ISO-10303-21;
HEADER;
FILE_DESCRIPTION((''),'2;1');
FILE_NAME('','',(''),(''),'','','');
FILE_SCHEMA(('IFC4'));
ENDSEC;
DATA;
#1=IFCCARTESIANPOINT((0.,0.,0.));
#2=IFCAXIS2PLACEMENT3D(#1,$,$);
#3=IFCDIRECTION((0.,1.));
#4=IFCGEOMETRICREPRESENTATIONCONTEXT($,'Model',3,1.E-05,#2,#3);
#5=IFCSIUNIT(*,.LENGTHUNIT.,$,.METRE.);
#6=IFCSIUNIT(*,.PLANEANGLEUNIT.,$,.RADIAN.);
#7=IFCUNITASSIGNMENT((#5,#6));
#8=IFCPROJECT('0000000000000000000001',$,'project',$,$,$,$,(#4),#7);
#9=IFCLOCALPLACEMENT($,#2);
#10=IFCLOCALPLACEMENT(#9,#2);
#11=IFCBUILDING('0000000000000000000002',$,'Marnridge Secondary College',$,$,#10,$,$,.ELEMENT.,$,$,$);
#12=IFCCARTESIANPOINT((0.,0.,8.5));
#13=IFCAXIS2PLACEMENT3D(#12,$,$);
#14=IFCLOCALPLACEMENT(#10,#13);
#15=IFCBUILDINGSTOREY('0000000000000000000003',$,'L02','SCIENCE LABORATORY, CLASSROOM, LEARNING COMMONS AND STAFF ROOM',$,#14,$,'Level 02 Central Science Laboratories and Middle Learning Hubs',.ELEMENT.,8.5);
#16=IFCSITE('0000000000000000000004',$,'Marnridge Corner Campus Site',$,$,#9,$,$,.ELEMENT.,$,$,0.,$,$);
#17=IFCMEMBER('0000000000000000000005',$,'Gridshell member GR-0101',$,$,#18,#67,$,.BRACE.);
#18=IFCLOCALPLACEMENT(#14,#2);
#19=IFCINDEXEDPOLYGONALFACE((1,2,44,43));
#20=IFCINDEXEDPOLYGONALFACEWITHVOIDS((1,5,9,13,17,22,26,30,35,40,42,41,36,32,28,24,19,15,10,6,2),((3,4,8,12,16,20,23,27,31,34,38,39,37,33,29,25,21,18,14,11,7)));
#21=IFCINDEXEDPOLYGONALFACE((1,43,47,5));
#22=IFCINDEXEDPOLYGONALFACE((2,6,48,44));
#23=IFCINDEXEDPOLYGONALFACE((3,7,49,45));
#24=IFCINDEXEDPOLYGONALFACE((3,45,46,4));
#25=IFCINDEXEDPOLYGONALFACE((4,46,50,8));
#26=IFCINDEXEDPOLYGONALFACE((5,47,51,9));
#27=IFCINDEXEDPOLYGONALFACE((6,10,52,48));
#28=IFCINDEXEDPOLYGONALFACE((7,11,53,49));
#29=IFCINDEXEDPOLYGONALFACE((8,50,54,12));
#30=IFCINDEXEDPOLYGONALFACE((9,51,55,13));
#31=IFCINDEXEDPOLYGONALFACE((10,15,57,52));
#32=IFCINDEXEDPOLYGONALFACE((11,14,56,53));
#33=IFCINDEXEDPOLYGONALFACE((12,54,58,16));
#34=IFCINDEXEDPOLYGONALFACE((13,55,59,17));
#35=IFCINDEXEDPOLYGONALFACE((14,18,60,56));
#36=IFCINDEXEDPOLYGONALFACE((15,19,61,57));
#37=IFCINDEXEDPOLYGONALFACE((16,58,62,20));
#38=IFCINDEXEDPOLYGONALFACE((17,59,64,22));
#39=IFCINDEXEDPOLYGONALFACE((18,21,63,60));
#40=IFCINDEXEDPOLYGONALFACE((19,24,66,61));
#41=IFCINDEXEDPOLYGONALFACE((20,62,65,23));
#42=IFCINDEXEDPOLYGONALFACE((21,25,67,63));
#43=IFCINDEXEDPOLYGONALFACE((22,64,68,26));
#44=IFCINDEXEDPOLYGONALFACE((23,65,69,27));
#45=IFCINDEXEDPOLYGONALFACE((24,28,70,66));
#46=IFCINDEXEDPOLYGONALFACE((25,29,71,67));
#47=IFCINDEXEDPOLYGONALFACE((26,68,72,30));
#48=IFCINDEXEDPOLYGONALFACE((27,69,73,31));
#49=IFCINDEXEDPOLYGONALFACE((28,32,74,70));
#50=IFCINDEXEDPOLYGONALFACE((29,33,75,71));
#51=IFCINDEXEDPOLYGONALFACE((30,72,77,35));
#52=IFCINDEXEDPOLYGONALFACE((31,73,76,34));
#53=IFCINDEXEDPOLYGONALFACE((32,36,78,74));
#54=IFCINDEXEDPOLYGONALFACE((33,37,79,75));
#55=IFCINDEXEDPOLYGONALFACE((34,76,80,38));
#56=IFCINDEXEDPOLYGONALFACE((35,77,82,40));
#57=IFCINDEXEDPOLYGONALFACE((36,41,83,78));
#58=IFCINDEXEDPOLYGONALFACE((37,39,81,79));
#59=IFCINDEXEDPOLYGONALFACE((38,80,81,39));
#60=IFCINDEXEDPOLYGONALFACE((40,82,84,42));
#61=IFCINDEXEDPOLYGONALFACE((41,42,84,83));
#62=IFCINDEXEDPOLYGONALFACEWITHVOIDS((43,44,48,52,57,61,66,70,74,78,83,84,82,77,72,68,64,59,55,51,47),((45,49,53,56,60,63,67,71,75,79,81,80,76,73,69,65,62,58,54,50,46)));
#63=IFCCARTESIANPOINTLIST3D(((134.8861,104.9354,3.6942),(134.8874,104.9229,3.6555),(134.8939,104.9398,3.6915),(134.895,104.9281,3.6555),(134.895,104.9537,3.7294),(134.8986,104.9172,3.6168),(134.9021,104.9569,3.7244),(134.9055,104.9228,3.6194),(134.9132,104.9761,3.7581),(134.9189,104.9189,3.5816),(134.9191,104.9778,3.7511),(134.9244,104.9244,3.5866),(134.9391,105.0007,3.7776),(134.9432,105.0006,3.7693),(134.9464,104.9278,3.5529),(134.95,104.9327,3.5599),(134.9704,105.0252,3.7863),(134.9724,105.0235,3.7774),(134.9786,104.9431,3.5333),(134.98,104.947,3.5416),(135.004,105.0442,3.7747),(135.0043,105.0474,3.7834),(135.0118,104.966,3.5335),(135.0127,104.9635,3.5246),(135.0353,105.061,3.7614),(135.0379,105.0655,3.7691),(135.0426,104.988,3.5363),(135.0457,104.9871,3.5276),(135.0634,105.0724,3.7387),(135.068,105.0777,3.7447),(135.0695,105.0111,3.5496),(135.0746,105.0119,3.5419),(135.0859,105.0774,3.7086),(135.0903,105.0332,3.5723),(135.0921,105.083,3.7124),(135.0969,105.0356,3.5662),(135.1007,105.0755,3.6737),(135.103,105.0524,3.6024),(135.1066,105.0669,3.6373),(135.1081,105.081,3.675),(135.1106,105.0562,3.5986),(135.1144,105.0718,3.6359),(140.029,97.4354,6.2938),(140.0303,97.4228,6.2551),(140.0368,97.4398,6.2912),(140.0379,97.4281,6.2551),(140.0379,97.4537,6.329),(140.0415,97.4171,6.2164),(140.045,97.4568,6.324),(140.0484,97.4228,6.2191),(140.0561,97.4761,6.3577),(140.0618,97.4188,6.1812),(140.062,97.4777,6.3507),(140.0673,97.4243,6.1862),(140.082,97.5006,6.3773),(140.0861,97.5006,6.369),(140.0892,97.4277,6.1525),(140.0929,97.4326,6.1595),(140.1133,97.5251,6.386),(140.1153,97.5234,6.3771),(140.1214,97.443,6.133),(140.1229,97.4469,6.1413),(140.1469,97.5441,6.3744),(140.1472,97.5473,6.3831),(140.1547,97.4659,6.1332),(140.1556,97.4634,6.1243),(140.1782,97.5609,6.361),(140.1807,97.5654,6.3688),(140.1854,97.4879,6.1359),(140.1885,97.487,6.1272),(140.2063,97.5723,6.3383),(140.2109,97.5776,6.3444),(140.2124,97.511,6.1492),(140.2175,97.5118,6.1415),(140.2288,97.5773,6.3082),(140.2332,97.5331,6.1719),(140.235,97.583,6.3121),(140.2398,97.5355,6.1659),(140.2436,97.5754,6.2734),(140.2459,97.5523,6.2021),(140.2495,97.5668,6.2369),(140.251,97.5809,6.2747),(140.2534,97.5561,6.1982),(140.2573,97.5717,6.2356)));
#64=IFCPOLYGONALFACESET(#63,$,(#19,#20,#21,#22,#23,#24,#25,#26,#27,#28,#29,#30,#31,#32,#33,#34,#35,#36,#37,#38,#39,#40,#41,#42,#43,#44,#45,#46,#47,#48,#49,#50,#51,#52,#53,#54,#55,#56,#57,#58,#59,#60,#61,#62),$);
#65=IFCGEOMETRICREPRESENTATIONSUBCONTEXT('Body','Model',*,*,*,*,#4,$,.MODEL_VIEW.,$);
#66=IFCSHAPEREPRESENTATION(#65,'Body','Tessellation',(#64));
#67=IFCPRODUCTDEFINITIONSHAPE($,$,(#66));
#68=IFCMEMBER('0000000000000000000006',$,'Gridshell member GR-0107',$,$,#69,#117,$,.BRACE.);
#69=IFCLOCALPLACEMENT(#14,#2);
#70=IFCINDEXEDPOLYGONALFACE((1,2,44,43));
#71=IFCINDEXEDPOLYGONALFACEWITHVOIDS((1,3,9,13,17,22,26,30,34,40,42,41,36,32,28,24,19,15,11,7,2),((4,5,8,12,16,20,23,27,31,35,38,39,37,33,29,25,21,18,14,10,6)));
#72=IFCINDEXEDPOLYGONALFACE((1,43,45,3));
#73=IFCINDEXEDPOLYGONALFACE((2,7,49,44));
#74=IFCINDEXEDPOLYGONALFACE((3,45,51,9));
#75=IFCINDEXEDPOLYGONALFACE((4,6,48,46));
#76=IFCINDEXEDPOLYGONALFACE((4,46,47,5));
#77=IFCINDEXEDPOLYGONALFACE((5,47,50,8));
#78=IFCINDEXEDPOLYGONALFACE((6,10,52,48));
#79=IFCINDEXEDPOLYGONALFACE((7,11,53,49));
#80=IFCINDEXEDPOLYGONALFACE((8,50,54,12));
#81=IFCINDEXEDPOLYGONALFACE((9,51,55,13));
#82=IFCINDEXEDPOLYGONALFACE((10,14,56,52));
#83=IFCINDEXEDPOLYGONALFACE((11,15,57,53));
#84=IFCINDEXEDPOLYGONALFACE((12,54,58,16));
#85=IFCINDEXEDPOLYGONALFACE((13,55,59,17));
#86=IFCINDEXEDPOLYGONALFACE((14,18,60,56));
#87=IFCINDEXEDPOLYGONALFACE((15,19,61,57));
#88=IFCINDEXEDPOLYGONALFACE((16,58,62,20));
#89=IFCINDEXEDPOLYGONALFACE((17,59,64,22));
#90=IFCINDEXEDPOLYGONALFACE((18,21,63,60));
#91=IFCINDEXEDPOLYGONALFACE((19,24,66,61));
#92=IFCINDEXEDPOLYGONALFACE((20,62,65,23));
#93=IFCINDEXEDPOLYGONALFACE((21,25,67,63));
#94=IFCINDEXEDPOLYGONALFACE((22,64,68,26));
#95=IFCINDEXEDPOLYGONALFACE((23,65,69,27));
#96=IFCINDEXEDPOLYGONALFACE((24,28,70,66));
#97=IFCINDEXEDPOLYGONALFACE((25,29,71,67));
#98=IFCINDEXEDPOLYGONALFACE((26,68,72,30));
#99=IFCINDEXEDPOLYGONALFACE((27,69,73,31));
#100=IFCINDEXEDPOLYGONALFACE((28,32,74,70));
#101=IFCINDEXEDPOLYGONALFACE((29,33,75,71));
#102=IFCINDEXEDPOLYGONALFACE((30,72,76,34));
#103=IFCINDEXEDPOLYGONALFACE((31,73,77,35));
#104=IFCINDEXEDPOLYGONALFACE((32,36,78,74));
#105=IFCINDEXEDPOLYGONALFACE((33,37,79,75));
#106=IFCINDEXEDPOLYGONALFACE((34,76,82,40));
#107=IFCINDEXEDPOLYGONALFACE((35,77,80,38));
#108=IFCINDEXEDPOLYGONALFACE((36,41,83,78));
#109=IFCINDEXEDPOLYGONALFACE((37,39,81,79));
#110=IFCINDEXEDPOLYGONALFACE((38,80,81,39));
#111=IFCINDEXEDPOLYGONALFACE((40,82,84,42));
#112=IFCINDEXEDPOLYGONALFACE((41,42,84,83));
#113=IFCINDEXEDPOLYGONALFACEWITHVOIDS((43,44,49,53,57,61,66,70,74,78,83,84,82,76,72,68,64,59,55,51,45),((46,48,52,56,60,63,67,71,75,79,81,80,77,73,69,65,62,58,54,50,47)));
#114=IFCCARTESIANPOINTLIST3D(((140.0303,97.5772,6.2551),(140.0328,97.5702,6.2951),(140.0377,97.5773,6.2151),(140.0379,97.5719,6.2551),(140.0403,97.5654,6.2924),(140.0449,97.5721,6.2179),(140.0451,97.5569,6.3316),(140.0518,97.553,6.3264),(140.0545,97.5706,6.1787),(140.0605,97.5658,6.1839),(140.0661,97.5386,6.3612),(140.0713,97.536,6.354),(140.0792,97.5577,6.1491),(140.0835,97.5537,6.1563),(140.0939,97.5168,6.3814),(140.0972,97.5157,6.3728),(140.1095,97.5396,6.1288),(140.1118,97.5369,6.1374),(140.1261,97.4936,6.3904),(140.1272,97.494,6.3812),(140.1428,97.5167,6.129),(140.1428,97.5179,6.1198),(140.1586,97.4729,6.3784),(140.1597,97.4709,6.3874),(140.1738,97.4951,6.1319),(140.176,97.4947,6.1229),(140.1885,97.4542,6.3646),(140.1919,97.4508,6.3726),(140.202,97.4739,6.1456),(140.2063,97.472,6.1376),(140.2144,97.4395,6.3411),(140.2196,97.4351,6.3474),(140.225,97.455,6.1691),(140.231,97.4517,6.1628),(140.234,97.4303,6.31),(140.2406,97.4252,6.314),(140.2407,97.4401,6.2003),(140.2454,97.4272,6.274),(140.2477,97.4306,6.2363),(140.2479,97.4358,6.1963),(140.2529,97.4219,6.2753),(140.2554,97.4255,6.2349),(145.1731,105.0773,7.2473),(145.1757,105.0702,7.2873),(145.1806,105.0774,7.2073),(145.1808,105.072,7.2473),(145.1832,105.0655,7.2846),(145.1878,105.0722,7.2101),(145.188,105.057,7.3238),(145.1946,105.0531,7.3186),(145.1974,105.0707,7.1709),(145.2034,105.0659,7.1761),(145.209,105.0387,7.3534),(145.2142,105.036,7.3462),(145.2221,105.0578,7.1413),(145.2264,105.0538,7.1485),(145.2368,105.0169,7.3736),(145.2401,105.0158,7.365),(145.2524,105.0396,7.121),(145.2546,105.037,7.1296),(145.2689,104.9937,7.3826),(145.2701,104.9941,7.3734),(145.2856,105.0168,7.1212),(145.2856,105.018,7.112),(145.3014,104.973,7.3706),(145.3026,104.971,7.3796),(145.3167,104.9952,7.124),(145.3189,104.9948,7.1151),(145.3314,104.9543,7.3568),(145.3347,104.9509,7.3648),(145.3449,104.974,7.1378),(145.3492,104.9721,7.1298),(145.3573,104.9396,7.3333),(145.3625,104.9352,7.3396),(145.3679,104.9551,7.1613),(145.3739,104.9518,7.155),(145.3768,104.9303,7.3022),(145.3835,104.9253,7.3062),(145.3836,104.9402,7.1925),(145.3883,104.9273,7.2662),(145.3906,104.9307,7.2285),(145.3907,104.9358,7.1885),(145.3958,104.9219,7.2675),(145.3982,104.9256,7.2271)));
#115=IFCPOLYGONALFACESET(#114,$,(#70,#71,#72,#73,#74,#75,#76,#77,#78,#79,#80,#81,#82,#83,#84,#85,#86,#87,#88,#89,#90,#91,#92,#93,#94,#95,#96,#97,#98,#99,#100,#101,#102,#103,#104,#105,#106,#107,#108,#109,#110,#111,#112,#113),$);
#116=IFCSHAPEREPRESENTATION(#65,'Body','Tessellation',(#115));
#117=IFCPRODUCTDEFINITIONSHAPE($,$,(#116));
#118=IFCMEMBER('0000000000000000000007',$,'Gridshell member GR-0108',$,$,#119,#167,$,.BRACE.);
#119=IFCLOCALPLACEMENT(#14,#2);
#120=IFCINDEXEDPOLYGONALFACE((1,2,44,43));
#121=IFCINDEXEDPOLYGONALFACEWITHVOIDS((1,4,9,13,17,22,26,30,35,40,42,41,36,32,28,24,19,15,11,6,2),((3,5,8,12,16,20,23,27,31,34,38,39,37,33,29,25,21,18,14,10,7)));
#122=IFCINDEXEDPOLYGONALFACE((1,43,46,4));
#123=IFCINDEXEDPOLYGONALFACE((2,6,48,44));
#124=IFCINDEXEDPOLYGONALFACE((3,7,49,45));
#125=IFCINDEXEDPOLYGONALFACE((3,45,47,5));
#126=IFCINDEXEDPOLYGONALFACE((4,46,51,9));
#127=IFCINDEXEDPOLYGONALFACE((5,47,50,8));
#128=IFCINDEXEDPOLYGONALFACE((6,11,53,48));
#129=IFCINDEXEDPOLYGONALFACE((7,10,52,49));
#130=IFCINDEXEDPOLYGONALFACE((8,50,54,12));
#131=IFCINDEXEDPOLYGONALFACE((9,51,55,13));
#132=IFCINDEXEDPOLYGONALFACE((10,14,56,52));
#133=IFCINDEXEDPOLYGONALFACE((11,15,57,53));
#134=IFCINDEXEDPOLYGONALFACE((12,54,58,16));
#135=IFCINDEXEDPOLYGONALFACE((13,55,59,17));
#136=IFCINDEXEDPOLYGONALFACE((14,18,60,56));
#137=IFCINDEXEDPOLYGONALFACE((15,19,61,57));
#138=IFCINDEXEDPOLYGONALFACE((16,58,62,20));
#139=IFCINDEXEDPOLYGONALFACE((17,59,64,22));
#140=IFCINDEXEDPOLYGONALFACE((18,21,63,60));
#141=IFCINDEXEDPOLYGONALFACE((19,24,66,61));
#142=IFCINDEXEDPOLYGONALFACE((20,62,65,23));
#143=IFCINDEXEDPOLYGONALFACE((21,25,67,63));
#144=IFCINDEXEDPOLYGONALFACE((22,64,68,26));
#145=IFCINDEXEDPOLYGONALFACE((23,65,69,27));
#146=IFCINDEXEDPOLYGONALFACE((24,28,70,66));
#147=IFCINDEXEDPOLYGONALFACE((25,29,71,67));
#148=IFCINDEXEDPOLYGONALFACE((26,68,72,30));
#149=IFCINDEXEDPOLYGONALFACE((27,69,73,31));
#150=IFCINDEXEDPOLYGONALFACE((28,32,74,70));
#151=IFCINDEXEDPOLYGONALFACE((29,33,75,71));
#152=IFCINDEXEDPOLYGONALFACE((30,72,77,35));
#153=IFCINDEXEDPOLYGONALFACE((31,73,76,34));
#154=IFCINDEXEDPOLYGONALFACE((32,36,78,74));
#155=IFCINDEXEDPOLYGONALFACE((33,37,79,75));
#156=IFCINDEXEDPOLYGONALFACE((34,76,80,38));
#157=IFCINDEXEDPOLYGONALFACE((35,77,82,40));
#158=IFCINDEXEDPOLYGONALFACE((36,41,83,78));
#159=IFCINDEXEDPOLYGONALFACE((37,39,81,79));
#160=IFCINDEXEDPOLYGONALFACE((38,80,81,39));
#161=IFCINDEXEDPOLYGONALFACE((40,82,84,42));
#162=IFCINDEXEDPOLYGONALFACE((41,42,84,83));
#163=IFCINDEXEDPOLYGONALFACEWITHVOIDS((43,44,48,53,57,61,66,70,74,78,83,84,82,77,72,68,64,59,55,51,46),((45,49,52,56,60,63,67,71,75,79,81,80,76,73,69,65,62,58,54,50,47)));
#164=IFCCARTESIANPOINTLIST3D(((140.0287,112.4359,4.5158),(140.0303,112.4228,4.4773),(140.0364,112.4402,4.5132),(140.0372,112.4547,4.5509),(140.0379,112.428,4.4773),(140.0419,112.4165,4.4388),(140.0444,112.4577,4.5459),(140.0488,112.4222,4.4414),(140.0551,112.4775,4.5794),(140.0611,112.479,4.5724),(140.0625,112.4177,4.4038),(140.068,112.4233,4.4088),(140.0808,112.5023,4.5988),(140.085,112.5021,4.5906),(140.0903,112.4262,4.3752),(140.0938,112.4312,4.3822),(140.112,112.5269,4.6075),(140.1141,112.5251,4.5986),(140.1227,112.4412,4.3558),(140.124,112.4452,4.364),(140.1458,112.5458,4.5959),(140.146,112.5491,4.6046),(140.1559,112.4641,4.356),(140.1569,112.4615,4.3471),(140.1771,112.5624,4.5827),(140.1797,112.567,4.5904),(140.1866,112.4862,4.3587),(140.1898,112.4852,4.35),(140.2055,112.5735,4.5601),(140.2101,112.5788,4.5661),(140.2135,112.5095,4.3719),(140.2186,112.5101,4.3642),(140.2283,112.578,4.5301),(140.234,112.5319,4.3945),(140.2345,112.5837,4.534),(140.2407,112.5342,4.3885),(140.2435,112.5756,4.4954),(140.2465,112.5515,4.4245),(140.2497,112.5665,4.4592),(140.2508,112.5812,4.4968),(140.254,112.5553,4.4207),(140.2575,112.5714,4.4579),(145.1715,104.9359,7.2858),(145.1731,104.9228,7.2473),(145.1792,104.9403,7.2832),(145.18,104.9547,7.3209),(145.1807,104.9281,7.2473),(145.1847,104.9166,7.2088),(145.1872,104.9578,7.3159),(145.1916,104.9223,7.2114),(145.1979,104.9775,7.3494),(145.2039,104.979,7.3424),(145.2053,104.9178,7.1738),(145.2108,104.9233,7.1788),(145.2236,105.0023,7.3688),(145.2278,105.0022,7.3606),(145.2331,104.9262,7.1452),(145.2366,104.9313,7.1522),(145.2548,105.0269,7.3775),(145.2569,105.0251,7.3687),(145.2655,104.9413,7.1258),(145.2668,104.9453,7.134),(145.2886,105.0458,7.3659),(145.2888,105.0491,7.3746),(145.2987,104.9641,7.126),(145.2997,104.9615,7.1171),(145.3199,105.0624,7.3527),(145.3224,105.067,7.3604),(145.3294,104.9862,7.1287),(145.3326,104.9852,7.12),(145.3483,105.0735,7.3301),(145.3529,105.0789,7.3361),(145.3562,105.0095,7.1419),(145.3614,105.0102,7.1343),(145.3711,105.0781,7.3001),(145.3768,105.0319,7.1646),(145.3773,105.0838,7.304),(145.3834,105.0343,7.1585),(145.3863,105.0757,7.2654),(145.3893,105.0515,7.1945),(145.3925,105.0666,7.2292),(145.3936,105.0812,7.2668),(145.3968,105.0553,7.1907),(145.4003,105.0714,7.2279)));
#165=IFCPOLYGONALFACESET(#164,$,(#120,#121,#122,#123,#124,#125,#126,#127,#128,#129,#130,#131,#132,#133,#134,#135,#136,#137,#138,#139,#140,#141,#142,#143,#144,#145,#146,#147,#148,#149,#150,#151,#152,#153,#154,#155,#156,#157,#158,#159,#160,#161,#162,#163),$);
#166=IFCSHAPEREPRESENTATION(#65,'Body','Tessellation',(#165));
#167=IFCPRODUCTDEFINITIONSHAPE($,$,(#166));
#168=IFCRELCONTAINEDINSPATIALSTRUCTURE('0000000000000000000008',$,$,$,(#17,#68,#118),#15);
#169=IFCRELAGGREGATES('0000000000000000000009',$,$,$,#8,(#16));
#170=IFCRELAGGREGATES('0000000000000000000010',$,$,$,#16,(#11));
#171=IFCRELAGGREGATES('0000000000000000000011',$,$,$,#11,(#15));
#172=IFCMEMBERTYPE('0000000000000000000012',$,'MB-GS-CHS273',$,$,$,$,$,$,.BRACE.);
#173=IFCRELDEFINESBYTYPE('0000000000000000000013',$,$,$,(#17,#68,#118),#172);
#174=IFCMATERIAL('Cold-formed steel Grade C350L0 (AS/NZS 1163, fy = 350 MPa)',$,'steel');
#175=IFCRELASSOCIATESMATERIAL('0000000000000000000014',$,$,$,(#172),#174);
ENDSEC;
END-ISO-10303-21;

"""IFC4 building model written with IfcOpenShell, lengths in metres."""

from ifc_helpers import new_model, si_unit, direction, frame, origin, origin_2d, place, context, subcontext, project, spatial, hollow_circle, extrude, material, material_profile, profile_set, type_object, element, save


model = new_model("IFC4")

# Units and contexts
model_context = context("Model", 3, precision=1e-05, world=origin(), true_north=direction((0.0, 1.0)))
body_context = subcontext(model_context, "Body", "Model", "MODEL_VIEW")
ifc_project = project(units=[si_unit("LENGTHUNIT", "METRE"), si_unit("PLANEANGLEUNIT", "RADIAN")], contexts=[model_context])

# Site, building, storey
site_placement = place(None, origin())
site = spatial("IfcSite", under=ifc_project, at=site_placement, Name="Marnridge Corner Campus Site", CompositionType="ELEMENT", RefElevation=0.0)
building_placement = place(site_placement, origin())
building = spatial("IfcBuilding", under=site, at=building_placement, Name="Marnridge Secondary College", CompositionType="ELEMENT")
storey_placement = place(building_placement, frame((0.0, 0.0, 8.5)))
storey = spatial("IfcBuildingStorey", under=building, at=storey_placement, Name="L02", Description="SCIENCE LABORATORY, CLASSROOM, LEARNING COMMONS AND STAFF ROOM", LongName="Level 02 Central Science Laboratories and Middle Learning Hubs", CompositionType="ELEMENT", Elevation=8.5)

# Members
ifc_material_1 = material(Name="Cold-formed steel Grade C350L0 (AS/NZS 1163, fy = 350 MPa)", Category="steel")
ifc_material_profile_1 = material_profile(ifc_material_1, hollow_circle(Radius=0.1365, WallThickness=0.0093, at=origin_2d()), Name="273.1x9.3CHS")
ifc_profile_set_1 = profile_set([ifc_material_profile_1], Name="Cold-formed steel Grade C350L0 (AS/NZS 1163, fy = 350 MPa)")
member_type_1 = type_object("IfcMemberType", Name="MB-GS-CHS273", PredefinedType="BRACE", material=ifc_profile_set_1)
member_1_placement = place(storey_placement, frame((140.1428, 97.5, 6.2551), z_axis=(-0.543745, 0.792967, -0.274854), x_axis=(-0.824731, -0.565526, 0.0)))
element("IfcMember", 1, at=member_1_placement, inside=storey, type_object=member_type_1, Name="Gridshell member GR-0101", PredefinedType="BRACE", context=body_context, shape_type="SweptSolid", body=[
    extrude(hollow_circle(Radius=0.1365, WallThickness=0.0093, at=origin_2d()), origin(), (0.0, 0.0, 1.0), 9.4583),
])
member_2_placement = place(storey_placement, frame((140.1428, 97.5, 6.2551), z_axis=(0.56219, 0.819865, 0.108461), x_axis=(-0.824731, 0.565526, 0.0)))
element("IfcMember", 2, at=member_2_placement, inside=storey, type_object=member_type_1, Name="Gridshell member GR-0107", PredefinedType="BRACE", context=body_context, shape_type="SweptSolid", body=[
    extrude(hollow_circle(Radius=0.1365, WallThickness=0.0093, at=origin_2d()), origin(), (0.0, 0.0, 1.0), 9.1479),
])
member_3_placement = place(storey_placement, frame((145.2856, 105.0, 7.2473), z_axis=(-0.540985, 0.788942, -0.291385), x_axis=(-0.824731, -0.565526, 0.0)))
element("IfcMember", 3, at=member_3_placement, inside=storey, type_object=member_type_1, Name="Gridshell member GR-0108", PredefinedType="BRACE", context=body_context, shape_type="SweptSolid", body=[
    extrude(hollow_circle(Radius=0.1365, WallThickness=0.0093, at=origin_2d()), origin(), (0.0, 0.0, 1.0), 9.5063),
])

save(model, "model.ifc")
